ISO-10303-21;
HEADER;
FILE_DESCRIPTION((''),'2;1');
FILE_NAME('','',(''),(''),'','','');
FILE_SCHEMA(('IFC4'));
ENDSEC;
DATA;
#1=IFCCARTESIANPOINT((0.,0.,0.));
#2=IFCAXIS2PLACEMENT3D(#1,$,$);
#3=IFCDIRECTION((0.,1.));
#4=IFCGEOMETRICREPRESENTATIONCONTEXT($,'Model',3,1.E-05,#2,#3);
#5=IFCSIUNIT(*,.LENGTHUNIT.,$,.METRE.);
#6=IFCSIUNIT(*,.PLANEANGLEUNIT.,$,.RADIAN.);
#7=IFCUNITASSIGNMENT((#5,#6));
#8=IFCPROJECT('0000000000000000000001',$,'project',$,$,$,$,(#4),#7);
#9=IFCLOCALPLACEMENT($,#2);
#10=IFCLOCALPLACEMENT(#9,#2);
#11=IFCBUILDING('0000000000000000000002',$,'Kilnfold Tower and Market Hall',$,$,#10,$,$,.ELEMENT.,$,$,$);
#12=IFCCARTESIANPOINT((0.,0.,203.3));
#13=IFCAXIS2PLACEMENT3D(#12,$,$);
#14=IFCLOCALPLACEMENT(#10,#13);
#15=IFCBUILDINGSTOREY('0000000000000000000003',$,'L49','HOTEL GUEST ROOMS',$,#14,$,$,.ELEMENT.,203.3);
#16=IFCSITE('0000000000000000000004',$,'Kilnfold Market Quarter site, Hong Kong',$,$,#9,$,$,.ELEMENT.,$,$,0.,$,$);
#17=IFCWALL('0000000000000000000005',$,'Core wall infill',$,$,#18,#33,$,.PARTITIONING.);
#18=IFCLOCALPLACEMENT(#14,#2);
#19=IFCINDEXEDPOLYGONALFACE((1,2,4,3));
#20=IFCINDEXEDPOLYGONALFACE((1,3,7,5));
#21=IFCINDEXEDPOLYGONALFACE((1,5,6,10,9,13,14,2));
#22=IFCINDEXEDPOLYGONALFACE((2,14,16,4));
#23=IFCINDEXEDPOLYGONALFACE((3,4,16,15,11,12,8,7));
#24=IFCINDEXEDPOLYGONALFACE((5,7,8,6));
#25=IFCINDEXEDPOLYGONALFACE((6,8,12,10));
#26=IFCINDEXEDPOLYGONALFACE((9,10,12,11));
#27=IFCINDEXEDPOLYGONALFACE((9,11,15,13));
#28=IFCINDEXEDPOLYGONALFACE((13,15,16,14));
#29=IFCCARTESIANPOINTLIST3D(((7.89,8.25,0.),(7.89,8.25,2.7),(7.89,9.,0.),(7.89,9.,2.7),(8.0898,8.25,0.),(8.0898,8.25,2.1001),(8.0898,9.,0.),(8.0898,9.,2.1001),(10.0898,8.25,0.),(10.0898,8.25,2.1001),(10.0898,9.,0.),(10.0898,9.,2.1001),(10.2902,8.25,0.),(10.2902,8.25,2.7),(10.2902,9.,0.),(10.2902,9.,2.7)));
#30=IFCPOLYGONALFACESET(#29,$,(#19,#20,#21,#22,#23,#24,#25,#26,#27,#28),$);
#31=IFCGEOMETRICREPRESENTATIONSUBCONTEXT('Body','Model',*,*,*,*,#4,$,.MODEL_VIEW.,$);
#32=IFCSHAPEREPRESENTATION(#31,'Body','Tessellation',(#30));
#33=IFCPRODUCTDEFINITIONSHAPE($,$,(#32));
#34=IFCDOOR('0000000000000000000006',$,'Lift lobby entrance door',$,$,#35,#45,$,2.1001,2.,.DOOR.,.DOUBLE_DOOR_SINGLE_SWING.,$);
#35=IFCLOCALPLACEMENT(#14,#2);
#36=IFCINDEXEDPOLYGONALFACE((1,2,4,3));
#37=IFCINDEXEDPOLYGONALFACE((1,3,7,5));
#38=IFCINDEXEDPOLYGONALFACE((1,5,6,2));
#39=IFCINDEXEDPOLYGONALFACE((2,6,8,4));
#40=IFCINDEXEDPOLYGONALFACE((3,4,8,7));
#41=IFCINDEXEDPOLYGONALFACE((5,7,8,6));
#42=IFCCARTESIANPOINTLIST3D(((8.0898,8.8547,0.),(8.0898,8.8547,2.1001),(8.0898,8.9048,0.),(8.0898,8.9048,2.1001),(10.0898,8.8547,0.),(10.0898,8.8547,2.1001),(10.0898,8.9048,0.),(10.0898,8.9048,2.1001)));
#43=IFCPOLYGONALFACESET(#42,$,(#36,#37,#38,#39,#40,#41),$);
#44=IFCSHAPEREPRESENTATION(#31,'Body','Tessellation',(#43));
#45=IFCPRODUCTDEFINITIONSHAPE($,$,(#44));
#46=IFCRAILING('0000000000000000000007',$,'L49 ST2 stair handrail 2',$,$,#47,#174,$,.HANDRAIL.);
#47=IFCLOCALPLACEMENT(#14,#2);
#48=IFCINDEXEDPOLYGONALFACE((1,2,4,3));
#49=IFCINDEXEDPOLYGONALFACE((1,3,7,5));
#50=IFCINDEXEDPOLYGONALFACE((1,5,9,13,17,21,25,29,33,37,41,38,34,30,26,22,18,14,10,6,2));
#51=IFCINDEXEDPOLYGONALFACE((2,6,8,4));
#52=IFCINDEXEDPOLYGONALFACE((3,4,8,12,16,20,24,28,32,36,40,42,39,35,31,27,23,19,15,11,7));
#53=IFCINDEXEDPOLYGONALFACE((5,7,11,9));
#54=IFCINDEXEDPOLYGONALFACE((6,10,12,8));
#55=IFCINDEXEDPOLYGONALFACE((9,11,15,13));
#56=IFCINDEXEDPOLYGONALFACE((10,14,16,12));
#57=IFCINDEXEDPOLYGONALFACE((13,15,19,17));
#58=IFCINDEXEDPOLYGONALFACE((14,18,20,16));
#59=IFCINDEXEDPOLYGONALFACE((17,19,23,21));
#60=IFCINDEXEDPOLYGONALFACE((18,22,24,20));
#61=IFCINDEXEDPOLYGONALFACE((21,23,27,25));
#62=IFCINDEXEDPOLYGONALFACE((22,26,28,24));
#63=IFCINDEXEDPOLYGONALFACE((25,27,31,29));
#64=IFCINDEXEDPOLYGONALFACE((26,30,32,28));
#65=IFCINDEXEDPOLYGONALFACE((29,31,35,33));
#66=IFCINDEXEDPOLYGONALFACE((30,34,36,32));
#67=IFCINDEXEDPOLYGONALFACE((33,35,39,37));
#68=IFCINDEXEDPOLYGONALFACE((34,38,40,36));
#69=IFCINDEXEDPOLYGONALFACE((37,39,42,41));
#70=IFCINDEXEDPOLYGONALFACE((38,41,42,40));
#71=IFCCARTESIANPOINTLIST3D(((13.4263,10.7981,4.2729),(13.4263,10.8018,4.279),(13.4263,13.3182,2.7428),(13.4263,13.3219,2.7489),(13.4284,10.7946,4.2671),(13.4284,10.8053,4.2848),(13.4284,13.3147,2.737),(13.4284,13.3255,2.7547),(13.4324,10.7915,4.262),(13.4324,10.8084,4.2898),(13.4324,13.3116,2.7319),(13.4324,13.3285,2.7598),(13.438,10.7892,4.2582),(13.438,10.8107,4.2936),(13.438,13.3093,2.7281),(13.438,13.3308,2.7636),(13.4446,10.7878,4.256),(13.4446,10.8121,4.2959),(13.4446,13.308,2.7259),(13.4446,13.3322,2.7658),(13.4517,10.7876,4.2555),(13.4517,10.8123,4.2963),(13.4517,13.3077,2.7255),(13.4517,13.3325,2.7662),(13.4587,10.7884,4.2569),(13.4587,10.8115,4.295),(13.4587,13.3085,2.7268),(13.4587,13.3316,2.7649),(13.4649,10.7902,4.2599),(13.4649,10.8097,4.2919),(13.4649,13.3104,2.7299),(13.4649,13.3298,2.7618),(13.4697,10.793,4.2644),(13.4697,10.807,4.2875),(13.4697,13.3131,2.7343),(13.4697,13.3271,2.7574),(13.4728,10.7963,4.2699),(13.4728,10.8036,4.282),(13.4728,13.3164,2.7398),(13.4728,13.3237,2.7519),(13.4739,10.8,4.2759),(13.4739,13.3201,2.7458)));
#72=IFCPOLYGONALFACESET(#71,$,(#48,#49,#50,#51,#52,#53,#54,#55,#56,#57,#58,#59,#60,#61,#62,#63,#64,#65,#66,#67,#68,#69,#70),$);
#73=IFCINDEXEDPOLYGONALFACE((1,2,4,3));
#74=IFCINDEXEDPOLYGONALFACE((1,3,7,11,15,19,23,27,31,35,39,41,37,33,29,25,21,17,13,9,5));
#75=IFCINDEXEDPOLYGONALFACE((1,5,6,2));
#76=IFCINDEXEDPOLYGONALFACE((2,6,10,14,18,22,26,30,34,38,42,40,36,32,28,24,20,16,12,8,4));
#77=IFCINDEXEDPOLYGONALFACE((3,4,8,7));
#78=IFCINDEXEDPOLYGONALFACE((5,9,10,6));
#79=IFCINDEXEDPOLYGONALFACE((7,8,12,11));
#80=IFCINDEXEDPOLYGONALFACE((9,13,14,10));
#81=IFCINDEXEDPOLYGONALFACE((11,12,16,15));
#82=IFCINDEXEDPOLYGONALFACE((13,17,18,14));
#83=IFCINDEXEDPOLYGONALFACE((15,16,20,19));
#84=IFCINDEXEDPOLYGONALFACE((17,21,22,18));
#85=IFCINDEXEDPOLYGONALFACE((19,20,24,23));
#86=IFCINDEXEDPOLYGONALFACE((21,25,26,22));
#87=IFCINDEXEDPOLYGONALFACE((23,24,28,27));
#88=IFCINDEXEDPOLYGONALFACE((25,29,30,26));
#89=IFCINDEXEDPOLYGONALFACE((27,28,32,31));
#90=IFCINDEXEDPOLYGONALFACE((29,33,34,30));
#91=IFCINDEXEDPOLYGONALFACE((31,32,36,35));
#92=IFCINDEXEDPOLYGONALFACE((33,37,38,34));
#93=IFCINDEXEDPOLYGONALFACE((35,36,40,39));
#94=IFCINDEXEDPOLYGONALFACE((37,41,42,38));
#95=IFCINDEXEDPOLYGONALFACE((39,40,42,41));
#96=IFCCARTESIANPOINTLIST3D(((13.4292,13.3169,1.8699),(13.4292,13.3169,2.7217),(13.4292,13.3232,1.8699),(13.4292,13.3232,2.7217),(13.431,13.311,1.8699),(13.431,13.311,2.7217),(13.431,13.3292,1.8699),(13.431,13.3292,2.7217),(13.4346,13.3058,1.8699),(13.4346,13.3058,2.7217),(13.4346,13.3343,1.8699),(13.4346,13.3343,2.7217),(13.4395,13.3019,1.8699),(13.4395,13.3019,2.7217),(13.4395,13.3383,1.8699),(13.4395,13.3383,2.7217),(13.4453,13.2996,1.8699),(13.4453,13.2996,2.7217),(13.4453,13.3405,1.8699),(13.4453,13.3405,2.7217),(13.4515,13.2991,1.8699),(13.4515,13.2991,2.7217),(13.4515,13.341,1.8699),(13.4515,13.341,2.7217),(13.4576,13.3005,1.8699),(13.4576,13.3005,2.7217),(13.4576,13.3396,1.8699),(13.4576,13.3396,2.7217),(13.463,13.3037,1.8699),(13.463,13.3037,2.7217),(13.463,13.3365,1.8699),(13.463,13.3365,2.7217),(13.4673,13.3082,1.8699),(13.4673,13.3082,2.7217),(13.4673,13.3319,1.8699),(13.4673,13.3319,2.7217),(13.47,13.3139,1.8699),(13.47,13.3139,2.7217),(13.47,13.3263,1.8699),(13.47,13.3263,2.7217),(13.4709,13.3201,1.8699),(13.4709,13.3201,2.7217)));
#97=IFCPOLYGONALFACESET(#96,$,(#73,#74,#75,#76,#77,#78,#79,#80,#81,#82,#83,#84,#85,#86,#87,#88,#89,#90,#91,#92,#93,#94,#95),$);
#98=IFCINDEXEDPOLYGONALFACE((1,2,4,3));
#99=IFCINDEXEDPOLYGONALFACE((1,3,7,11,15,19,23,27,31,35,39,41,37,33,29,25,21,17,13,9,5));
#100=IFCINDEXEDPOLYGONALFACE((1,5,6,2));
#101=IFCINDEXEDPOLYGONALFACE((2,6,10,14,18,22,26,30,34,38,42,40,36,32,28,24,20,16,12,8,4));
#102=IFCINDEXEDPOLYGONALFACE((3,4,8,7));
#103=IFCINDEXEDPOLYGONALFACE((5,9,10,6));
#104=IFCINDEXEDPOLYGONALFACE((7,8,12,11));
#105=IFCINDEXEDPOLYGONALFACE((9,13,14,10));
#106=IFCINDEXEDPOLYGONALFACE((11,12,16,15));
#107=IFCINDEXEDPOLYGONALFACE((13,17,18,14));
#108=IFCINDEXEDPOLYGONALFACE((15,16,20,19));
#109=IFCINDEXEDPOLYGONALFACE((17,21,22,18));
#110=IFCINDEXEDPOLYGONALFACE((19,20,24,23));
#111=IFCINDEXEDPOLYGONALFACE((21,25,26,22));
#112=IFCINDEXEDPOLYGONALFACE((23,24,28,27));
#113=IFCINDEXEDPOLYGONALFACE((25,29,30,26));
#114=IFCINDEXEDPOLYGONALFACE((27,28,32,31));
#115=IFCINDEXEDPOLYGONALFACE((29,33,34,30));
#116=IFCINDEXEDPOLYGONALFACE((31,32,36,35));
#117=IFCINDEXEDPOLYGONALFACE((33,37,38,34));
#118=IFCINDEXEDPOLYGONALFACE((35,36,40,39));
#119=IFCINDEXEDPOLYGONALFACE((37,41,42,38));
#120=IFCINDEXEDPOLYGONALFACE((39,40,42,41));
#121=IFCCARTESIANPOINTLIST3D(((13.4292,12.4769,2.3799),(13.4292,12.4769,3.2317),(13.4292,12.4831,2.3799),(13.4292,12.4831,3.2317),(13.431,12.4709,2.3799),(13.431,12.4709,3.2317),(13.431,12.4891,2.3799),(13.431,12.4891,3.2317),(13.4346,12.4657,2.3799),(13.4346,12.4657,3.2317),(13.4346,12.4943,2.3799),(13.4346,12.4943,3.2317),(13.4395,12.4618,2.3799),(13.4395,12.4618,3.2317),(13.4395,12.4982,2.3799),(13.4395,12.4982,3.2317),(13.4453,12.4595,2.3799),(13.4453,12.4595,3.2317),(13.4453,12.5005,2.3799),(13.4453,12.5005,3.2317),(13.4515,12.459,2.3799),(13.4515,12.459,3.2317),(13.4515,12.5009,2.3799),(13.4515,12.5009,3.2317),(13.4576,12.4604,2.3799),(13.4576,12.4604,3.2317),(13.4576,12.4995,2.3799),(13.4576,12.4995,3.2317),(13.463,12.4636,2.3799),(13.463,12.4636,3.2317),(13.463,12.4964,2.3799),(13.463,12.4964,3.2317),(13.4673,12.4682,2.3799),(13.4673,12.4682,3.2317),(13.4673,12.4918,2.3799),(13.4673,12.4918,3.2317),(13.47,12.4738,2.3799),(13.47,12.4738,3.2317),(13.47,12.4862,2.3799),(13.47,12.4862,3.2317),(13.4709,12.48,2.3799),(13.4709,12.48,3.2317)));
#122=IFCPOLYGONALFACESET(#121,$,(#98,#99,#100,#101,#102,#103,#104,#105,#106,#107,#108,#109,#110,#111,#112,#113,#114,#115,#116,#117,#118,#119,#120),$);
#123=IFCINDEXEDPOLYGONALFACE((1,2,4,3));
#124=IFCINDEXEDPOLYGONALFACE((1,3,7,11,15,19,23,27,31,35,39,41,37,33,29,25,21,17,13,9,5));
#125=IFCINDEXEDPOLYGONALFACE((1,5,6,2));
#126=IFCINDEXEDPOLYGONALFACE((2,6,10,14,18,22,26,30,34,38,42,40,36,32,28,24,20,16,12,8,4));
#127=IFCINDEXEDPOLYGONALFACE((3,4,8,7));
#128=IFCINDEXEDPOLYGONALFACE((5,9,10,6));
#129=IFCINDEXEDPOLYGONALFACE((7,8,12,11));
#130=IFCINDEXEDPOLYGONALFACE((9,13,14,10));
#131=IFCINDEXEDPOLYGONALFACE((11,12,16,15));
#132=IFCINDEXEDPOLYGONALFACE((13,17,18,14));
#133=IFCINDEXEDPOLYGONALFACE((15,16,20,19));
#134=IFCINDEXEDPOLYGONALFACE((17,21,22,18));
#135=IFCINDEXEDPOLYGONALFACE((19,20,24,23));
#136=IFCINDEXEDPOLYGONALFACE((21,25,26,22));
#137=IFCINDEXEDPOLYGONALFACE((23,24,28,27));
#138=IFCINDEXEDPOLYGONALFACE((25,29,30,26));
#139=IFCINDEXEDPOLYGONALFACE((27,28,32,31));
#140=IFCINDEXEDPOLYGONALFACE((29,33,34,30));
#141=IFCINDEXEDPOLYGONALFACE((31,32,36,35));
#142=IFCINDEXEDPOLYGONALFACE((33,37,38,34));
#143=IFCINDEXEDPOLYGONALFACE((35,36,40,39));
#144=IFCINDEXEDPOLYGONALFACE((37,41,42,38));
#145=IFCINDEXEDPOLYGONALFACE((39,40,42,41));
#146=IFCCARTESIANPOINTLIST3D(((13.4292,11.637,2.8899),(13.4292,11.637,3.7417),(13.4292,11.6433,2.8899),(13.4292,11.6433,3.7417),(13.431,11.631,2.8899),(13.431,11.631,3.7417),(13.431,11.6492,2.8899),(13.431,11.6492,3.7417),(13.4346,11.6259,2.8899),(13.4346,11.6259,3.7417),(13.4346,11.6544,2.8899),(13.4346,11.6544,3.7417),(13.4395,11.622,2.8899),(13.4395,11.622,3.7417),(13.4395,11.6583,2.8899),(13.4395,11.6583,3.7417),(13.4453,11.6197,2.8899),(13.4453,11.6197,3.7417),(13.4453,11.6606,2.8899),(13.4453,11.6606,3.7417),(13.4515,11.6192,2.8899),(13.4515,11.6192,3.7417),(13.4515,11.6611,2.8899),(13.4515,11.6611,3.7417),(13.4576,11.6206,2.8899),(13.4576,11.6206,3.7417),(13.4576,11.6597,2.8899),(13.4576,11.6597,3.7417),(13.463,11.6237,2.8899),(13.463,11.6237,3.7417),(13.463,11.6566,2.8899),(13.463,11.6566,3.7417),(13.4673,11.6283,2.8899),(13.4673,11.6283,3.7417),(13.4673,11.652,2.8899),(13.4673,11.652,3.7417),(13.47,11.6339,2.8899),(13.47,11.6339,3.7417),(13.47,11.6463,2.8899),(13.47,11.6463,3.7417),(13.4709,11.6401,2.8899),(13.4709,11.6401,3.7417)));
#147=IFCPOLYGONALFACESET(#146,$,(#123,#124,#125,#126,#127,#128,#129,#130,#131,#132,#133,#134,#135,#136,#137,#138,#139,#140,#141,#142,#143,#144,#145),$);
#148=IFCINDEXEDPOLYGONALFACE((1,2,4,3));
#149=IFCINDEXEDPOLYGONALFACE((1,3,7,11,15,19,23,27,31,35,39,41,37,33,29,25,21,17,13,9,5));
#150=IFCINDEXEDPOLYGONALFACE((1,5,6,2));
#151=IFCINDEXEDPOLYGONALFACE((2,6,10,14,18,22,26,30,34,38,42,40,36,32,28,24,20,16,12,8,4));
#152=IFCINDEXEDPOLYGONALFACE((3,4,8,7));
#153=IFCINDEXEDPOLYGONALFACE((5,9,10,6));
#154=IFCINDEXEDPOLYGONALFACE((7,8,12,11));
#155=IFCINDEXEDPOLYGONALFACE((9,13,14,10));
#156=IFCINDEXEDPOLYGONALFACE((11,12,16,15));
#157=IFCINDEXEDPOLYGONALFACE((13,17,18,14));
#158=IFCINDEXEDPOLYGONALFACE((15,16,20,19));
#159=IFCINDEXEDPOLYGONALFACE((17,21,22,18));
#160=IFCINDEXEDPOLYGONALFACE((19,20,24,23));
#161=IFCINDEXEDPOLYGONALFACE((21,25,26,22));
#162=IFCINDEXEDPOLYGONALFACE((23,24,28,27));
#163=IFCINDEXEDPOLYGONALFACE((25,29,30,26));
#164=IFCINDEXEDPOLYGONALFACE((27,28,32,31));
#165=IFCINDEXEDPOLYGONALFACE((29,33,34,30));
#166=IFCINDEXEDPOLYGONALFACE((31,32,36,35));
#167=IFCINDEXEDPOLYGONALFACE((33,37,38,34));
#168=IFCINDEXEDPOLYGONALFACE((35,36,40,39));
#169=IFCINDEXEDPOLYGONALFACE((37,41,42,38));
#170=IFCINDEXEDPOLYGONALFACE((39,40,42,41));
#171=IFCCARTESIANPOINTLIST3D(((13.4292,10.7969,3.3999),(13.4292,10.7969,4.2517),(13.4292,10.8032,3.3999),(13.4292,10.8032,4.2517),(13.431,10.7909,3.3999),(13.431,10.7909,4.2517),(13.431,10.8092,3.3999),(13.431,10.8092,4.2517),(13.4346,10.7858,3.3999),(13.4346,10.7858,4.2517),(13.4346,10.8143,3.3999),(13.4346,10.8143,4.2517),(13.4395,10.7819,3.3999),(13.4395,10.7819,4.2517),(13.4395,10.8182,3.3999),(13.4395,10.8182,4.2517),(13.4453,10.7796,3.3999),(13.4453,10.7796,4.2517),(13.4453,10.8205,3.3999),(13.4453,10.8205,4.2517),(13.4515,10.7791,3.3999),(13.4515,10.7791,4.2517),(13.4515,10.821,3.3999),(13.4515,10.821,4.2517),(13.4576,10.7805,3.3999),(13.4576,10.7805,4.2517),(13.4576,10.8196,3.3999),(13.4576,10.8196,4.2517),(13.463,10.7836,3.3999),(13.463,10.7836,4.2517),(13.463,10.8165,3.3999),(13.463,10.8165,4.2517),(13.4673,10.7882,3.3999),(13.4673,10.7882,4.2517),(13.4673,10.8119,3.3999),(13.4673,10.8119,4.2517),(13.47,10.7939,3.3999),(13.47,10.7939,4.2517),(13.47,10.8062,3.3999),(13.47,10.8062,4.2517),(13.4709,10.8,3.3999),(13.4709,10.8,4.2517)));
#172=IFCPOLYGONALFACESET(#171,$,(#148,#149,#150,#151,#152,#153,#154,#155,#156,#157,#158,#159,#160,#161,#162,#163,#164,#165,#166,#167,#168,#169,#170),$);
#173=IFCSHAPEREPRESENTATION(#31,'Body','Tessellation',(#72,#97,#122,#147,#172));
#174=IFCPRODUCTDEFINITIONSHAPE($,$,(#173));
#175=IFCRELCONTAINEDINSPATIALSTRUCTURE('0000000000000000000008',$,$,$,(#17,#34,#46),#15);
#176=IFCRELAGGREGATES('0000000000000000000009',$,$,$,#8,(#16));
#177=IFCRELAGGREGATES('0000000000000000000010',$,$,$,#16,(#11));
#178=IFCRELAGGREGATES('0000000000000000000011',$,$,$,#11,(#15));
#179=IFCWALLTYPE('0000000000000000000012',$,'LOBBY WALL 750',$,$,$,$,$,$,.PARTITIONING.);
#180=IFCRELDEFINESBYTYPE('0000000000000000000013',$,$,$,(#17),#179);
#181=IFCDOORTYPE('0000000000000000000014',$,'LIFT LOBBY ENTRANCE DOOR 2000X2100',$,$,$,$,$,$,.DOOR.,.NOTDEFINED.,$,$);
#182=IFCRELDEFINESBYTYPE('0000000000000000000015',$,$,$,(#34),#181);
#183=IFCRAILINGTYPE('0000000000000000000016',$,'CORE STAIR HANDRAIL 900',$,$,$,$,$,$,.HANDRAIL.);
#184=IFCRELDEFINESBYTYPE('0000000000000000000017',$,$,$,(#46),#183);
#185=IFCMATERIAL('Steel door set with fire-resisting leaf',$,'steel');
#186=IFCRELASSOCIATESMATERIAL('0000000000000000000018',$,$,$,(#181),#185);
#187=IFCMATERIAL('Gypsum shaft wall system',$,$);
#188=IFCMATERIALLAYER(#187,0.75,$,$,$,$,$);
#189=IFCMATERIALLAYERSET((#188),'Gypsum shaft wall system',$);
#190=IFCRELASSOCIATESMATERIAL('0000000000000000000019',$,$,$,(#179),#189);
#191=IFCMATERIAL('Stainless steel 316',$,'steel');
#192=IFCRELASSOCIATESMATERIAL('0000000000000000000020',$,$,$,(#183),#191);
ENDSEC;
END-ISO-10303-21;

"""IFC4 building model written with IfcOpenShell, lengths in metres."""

from ifc_helpers import new_model, si_unit, direction, frame, frame_2d, origin, origin_2d, place, context, subcontext, project, spatial, rectangle, circle, extrude, source, transform, mapped, material, layer, layer_set, type_object, element, fill, save


model = new_model("IFC4")

# Units and contexts
model_context = context("Model", 3, precision=1e-05, world=origin(), true_north=direction((0.0, 1.0)))
body_context = subcontext(model_context, "Body", "Model", "MODEL_VIEW")
ifc_project = project(units=[si_unit("LENGTHUNIT", "METRE"), si_unit("PLANEANGLEUNIT", "RADIAN")], contexts=[model_context])

# Site, building, storey
site_placement = place(None, origin())
site = spatial("IfcSite", under=ifc_project, at=site_placement, Name="Kilnfold Market Quarter site, Hong Kong", CompositionType="ELEMENT", RefElevation=0.0)
building_placement = place(site_placement, origin())
building = spatial("IfcBuilding", under=site, at=building_placement, Name="Kilnfold Tower and Market Hall", CompositionType="ELEMENT")
storey_placement = place(building_placement, frame((0.0, 0.0, 203.3)))
storey = spatial("IfcBuildingStorey", under=building, at=storey_placement, Name="L49", Description="HOTEL GUEST ROOMS", CompositionType="ELEMENT", Elevation=203.3)

# Shared definitions
ifc_material_1 = material(Name="Steel door set with fire-resisting leaf", Category="steel")
door_type_1 = type_object("IfcDoorType", Name="LIFT LOBBY ENTRANCE DOOR 2000X2100", OperationType="NOTDEFINED", PredefinedType="DOOR", material=ifc_material_1)

# Wall, opening, door
ifc_material_2 = material(Name="Gypsum shaft wall system")
ifc_layer_1 = layer(ifc_material_2, 0.75)
ifc_layer_set_1 = layer_set([ifc_layer_1], Name="Gypsum shaft wall system")
wall_type_1 = type_object("IfcWallType", Name="LOBBY WALL 750", PredefinedType="PARTITIONING", material=ifc_layer_set_1)
shared_shape_1 = source(origin(), body_context, "Body", "SweptSolid", [
    extrude(rectangle(XDim=2.4001, YDim=0.75, at=frame_2d((1.2002, 0.0))), origin(), (0.0, 0.0, 1.0), 2.7),
])
wall_1_placement = place(storey_placement, frame((7.8899, 8.625, 0.0), z_axis=(0.0, 0.0, 1.0), x_axis=(1.0, 0.0, 0.0)))
wall_1 = element("IfcWall", 1, at=wall_1_placement, inside=storey, type_object=wall_type_1, Name="Core wall infill", PredefinedType="PARTITIONING", context=body_context, shape_type="MappedRepresentation", body=[
    mapped(shared_shape_1, transform((0.0, 0.0, 0.0))),
])
opening_1_placement = place(wall_1_placement, frame((0.2, 0.0, 0.0)))
opening_1 = element("IfcOpeningElement", 2, at=opening_1_placement, cuts=wall_1, PredefinedType="OPENING", context=body_context, shape_type="SweptSolid", body=[
    extrude(rectangle(XDim=2.0, YDim=2.1001, at=frame_2d((1.0, 1.05))), frame((0.0, 0.385, 0.0), z_axis=(0.0, -1.0, 0.0), x_axis=(1.0, 0.0, 0.0)), (0.0, 0.0, 1.0), 0.77),
])
door_1_placement = place(opening_1_placement, origin())
door_1 = element("IfcDoor", 3, at=door_1_placement, inside=storey, type_object=door_type_1, Name="Lift lobby entrance door", OperationType="DOUBLE_DOOR_SINGLE_SWING", OverallHeight=2.1001, OverallWidth=2.0, PredefinedType="DOOR", context=body_context, shape_type="SweptSolid", body=[
    extrude(rectangle(XDim=2.0, YDim=2.1001, at=frame_2d((1.0, 1.05))), frame((0.0, 0.2798, 0.0), z_axis=(0.0, -1.0, 0.0), x_axis=(1.0, 0.0, 0.0)), (0.0, 0.0, 1.0), 0.05),
])
fill(opening_1, door_1)

# Railing
ifc_material_3 = material(Name="Stainless steel 316", Category="steel")
railing_type_1 = type_object("IfcRailingType", Name="CORE STAIR HANDRAIL 900", PredefinedType="HANDRAIL", material=ifc_material_3)
railing_1_placement = place(storey_placement, frame((13.45, 13.3201, 1.8699)))
element("IfcRailing", 4, at=railing_1_placement, inside=storey, type_object=railing_type_1, Name="L49 ST2 stair handrail 2", PredefinedType="HANDRAIL", context=body_context, shape_type="SweptSolid", body=[
    extrude(circle(Radius=0.0239, at=origin_2d()), frame((0.0, 0.0, 0.876), z_axis=(0.0, -0.854785, 0.518982), x_axis=(1.0, 0.0, 0.0)), (0.0, 0.0, 1.0), 2.9482),
    extrude(circle(Radius=0.021, at=origin_2d()), origin(), (0.0, 0.0, 1.0), 0.8518),
    extrude(circle(Radius=0.021, at=origin_2d()), frame((0.0, -0.8401, 0.51)), (0.0, 0.0, 1.0), 0.8518),
    extrude(circle(Radius=0.021, at=origin_2d()), frame((0.0, -1.6799, 1.02)), (0.0, 0.0, 1.0), 0.8518),
    extrude(circle(Radius=0.021, at=origin_2d()), frame((0.0, -2.52, 1.53)), (0.0, 0.0, 1.0), 0.8518),
])

save(model, "model.ifc")
